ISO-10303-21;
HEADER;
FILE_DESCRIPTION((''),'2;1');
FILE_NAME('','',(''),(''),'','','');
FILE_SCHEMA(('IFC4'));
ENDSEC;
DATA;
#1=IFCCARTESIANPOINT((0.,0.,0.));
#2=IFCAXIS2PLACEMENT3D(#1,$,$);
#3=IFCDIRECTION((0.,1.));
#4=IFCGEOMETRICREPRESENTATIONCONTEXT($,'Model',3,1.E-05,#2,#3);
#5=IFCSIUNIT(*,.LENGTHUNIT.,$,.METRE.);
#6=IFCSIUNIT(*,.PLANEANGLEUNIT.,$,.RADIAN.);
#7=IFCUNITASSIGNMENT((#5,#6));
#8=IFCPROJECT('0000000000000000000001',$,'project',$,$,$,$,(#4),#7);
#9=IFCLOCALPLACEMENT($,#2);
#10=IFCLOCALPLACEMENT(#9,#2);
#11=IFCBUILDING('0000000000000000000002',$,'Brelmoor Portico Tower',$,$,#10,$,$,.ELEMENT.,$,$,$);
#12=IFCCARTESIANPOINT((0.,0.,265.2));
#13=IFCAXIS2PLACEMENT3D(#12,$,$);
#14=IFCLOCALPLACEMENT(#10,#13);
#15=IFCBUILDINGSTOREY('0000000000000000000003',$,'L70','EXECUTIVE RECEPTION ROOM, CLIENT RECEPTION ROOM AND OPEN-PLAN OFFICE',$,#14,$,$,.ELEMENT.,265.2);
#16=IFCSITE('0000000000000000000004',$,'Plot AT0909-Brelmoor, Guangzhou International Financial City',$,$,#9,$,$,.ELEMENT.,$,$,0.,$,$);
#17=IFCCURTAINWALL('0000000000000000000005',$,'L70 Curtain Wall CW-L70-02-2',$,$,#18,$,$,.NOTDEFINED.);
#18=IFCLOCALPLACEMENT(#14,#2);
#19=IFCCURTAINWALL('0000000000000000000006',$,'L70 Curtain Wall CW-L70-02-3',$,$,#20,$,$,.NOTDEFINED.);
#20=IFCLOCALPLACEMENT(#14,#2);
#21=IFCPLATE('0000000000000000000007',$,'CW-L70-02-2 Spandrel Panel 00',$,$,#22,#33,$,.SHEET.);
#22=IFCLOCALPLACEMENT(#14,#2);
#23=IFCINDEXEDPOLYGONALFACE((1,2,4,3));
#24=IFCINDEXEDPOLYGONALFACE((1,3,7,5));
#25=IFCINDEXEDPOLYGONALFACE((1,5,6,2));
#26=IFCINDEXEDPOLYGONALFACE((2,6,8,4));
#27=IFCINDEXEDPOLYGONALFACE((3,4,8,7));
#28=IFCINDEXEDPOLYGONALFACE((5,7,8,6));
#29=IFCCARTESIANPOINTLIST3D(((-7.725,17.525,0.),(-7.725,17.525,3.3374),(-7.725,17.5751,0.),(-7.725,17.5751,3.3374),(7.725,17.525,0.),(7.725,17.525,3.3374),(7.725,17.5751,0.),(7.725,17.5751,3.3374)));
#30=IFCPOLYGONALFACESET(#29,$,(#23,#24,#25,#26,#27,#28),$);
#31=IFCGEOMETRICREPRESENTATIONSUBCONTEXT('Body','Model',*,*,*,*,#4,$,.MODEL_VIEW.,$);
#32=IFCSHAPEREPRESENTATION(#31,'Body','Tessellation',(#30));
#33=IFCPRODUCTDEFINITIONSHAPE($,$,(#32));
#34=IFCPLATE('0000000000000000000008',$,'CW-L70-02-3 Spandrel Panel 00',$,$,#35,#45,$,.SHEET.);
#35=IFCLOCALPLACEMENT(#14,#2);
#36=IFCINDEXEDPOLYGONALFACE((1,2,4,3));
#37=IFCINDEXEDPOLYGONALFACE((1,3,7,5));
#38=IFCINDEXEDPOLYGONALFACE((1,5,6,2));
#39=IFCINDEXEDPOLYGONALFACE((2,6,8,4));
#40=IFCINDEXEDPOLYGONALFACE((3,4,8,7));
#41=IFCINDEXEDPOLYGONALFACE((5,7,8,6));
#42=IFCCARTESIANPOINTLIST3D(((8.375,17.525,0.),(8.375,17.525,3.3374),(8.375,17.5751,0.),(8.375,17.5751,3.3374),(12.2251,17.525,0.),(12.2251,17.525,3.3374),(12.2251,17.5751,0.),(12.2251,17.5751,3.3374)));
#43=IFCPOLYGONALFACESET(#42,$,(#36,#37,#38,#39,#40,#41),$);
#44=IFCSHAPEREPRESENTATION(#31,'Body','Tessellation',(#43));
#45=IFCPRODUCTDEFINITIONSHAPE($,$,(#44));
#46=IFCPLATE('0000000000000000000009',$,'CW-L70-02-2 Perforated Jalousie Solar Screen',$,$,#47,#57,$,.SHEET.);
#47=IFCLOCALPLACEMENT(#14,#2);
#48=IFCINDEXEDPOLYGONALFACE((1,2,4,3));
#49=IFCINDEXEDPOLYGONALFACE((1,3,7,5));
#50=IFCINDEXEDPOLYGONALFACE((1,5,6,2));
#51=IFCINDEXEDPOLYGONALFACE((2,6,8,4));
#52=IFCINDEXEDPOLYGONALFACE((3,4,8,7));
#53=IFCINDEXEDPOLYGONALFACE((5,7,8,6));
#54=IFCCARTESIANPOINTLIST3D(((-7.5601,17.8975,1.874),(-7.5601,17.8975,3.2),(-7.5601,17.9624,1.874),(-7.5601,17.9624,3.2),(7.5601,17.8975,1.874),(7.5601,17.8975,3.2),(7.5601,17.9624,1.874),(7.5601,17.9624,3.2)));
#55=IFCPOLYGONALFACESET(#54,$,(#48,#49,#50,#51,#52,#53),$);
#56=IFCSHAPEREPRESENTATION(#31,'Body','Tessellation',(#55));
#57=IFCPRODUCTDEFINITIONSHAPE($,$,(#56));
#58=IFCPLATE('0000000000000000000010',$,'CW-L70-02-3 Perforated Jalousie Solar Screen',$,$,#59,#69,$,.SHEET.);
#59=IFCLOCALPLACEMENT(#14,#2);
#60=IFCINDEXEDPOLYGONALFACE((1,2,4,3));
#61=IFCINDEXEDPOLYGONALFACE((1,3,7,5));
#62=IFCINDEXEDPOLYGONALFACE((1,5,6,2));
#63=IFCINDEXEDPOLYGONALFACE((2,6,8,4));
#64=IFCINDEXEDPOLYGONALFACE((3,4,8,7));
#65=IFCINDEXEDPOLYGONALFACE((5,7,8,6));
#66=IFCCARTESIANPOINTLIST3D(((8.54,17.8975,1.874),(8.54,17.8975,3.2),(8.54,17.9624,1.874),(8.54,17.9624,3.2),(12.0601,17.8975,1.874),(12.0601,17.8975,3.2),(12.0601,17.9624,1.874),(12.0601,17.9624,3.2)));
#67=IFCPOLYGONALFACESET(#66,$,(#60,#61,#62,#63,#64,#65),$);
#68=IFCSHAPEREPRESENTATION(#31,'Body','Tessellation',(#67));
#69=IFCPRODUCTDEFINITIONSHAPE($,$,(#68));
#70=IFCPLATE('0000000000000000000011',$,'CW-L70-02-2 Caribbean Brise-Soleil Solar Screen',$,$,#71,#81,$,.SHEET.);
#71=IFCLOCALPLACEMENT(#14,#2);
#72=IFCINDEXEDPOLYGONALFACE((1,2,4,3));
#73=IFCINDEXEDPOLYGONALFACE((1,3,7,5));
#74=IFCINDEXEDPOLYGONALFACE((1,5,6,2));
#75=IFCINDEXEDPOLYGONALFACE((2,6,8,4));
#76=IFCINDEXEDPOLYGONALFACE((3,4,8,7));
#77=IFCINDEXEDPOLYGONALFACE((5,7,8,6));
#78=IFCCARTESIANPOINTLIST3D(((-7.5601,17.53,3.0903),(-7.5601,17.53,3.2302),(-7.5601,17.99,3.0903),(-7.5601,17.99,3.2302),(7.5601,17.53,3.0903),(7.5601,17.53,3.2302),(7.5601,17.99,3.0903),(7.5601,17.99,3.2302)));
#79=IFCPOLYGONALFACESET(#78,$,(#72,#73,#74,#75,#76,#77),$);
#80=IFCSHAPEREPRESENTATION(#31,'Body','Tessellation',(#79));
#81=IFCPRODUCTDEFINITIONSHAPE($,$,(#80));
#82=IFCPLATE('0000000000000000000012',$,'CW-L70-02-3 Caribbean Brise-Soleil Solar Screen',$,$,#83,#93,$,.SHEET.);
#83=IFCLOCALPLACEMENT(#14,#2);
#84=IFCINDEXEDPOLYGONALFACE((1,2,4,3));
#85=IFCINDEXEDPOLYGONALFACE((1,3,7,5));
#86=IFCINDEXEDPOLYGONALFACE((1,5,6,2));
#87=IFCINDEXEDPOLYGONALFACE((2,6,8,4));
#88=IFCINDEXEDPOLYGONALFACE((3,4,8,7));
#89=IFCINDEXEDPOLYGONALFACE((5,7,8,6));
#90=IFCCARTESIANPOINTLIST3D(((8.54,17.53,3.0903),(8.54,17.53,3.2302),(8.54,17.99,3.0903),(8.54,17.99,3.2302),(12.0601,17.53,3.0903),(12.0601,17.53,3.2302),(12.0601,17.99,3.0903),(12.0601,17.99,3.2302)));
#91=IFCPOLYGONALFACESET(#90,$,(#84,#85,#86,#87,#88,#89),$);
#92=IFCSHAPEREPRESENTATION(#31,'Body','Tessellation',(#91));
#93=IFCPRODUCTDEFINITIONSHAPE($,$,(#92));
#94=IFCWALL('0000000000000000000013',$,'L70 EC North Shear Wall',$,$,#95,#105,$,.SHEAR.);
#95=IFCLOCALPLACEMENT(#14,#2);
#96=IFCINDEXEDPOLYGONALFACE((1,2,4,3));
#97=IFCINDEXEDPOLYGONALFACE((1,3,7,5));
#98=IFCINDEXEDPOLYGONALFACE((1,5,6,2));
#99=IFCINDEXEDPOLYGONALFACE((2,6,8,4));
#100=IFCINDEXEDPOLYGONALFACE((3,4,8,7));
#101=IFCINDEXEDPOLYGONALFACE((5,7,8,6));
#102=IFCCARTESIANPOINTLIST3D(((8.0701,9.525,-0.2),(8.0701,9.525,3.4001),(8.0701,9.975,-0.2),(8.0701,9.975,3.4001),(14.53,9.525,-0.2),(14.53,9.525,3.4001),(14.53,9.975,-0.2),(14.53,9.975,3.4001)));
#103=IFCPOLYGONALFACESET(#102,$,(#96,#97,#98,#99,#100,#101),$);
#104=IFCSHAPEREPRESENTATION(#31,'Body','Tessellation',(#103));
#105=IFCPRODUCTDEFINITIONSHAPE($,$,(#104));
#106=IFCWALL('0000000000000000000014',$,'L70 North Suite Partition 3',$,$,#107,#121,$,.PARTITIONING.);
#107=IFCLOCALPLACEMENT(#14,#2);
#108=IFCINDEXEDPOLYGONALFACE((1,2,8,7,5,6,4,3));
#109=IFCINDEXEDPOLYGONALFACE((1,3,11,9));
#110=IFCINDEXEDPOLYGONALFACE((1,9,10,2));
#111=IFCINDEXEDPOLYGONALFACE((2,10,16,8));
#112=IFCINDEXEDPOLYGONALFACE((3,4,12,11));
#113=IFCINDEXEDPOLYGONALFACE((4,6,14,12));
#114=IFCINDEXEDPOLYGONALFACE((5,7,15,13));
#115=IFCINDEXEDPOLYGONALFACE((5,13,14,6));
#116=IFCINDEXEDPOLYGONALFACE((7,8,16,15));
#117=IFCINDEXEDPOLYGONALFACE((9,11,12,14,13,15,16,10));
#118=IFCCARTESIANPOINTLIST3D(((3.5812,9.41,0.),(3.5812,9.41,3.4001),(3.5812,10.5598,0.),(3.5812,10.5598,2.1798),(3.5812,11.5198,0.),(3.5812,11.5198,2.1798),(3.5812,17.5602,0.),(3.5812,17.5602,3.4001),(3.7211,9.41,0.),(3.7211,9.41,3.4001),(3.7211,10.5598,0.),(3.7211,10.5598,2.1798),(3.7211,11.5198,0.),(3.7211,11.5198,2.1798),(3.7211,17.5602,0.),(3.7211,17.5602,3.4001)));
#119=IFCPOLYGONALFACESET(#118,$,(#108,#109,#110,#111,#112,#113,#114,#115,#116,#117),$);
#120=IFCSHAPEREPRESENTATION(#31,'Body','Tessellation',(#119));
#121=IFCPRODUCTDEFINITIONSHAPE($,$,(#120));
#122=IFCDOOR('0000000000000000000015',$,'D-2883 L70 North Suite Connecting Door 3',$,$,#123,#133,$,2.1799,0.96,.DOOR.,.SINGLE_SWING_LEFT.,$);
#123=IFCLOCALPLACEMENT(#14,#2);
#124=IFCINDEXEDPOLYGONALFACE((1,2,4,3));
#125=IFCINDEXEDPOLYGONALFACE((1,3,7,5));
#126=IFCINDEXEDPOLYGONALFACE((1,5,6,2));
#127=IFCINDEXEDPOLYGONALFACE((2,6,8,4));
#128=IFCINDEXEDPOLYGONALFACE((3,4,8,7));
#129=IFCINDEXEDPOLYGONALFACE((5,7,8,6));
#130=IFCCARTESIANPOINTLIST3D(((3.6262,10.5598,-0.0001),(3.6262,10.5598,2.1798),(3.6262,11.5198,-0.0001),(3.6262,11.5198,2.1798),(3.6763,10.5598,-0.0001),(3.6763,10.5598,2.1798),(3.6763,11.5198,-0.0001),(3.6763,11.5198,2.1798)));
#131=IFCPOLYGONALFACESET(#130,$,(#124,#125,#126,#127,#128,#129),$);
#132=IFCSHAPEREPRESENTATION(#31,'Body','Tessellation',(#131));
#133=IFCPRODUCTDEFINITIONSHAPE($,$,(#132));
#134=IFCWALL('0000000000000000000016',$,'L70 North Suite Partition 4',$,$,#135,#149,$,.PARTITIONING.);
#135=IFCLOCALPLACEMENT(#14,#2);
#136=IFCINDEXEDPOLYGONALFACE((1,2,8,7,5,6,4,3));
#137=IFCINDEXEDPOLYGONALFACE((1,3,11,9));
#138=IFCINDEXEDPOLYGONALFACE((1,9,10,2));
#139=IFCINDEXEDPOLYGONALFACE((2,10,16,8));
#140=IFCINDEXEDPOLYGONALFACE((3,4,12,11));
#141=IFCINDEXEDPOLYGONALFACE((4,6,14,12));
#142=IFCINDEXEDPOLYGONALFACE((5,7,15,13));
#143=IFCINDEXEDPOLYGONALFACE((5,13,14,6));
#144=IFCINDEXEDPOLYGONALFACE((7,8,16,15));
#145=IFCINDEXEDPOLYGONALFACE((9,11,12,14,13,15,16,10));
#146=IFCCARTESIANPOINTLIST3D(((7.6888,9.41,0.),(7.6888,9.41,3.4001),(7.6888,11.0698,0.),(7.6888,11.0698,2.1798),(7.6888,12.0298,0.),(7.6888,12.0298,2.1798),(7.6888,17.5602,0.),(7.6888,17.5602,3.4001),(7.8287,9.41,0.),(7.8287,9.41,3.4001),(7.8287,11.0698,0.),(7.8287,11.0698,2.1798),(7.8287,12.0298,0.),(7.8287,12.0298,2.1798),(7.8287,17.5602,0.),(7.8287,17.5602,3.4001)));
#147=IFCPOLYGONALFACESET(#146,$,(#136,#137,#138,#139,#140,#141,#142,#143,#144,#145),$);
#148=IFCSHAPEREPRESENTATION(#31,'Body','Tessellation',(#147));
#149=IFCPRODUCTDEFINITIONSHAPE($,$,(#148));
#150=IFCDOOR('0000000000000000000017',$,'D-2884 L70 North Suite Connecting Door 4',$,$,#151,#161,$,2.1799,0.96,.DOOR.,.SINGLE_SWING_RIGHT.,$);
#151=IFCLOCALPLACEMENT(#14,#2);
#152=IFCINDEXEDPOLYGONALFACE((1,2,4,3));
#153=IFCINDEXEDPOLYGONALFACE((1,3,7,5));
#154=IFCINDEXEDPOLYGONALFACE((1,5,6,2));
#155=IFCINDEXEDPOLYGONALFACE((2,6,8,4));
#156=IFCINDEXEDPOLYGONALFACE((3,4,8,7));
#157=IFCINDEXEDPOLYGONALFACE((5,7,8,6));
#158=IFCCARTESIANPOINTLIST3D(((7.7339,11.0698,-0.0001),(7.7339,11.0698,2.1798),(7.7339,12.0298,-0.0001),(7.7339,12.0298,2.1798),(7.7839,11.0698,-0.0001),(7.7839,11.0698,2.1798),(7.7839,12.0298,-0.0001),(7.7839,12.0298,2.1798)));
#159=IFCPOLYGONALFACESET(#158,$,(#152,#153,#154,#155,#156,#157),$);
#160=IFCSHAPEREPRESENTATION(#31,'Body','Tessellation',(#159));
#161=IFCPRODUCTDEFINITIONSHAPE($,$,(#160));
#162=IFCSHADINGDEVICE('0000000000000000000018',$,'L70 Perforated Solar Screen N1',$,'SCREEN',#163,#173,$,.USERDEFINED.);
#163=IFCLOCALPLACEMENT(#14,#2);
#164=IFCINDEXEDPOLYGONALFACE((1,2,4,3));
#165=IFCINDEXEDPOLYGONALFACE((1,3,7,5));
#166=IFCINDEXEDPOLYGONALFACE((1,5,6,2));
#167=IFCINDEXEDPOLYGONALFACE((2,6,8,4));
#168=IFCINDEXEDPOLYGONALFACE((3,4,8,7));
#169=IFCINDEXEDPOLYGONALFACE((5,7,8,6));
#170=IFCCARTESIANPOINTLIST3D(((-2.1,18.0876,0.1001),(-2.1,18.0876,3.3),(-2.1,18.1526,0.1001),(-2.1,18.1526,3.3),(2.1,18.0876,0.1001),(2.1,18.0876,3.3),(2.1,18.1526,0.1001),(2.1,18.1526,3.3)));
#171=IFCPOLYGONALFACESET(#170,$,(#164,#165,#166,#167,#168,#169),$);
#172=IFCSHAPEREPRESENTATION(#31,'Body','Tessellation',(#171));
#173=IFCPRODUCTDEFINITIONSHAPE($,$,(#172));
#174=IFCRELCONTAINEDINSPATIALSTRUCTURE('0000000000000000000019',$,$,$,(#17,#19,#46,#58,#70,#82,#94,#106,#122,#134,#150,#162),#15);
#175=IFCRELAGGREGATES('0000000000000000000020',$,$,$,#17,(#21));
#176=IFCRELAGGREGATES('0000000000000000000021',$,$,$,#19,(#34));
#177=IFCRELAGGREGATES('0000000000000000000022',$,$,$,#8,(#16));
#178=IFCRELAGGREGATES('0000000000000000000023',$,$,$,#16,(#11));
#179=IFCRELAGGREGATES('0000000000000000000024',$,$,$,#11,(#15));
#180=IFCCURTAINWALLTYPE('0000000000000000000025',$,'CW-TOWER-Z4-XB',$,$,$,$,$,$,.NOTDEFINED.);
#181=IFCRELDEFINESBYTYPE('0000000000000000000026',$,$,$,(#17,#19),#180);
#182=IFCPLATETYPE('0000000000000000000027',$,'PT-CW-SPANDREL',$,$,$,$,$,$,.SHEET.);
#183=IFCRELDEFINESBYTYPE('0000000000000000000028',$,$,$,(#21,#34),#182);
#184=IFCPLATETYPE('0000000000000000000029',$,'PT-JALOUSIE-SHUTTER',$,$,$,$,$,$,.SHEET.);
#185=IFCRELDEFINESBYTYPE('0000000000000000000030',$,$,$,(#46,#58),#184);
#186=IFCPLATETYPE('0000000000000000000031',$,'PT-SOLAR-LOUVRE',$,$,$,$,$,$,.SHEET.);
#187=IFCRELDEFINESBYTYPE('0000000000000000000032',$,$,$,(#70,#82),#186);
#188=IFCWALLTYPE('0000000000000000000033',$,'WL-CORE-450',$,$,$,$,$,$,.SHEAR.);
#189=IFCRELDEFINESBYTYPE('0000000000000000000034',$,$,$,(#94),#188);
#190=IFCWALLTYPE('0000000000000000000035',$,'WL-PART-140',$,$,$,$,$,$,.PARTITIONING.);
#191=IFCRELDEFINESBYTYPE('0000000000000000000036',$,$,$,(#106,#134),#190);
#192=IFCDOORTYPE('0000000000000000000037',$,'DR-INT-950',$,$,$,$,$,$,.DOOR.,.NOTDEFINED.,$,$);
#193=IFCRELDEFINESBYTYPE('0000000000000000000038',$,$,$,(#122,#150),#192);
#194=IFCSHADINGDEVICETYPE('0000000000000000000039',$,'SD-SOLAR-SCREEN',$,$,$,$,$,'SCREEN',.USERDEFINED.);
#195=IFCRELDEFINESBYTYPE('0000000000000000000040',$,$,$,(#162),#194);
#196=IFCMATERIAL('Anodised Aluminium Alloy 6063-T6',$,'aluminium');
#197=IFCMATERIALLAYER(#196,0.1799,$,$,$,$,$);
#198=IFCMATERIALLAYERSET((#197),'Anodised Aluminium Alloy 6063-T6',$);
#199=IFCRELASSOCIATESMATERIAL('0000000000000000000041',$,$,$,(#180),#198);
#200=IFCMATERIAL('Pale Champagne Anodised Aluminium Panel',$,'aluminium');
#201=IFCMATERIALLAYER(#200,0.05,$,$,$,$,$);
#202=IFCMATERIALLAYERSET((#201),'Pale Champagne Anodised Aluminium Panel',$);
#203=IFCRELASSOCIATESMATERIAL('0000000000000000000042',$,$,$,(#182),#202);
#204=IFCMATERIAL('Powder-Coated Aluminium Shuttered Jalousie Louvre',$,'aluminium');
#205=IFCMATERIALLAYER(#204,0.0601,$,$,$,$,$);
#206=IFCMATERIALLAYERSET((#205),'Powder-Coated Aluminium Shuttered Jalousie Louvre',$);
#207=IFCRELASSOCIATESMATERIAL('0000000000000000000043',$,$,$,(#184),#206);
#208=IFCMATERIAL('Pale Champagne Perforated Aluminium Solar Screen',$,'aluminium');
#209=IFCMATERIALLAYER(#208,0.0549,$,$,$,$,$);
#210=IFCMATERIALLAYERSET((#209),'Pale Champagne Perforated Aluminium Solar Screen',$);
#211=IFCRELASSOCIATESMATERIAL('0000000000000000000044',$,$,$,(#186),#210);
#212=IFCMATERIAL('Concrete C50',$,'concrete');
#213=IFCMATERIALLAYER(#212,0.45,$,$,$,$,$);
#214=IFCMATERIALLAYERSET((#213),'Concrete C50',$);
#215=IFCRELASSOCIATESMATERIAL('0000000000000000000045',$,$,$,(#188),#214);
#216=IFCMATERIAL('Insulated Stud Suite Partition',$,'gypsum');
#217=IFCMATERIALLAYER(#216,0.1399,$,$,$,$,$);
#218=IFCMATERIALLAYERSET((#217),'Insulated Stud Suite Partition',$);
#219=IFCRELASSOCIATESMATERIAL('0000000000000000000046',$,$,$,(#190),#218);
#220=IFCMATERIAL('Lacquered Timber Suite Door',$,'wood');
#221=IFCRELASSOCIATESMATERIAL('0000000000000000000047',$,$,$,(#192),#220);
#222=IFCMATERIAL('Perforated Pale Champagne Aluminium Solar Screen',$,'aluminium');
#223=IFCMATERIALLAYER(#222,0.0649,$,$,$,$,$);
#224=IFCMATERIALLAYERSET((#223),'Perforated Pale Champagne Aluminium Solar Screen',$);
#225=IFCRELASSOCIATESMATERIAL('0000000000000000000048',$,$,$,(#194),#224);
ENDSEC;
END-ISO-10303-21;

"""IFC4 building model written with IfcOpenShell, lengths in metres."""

from ifc_helpers import new_model, si_unit, direction, frame, frame_2d, origin, origin_2d, place, context, subcontext, project, spatial, rectangle, extrude, material, layer, layer_set, type_object, element, fill, aggregate, save


model = new_model("IFC4")

# Units and contexts
model_context = context("Model", 3, precision=1e-05, world=origin(), true_north=direction((0.0, 1.0)))
body_context = subcontext(model_context, "Body", "Model", "MODEL_VIEW")
ifc_project = project(units=[si_unit("LENGTHUNIT", "METRE"), si_unit("PLANEANGLEUNIT", "RADIAN")], contexts=[model_context])

# Site, building, storey
site_placement = place(None, origin())
site = spatial("IfcSite", under=ifc_project, at=site_placement, Name="Plot AT0909-Brelmoor, Guangzhou International Financial City", CompositionType="ELEMENT", RefElevation=0.0)
building_placement = place(site_placement, origin())
building = spatial("IfcBuilding", under=site, at=building_placement, Name="Brelmoor Portico Tower", CompositionType="ELEMENT")
storey_placement = place(building_placement, frame((0.0, 0.0, 265.2)))
storey = spatial("IfcBuildingStorey", under=building, at=storey_placement, Name="L70", Description="EXECUTIVE RECEPTION ROOM, CLIENT RECEPTION ROOM AND OPEN-PLAN OFFICE", CompositionType="ELEMENT", Elevation=265.2)

# Curtain wall
ifc_material_1 = material(Name="Anodised Aluminium Alloy 6063-T6", Category="aluminium")
ifc_layer_1 = layer(ifc_material_1, 0.1799)
ifc_layer_set_1 = layer_set([ifc_layer_1], Name="Anodised Aluminium Alloy 6063-T6")
curtain_wall_type = type_object("IfcCurtainWallType", Name="CW-TOWER-Z4-XB", PredefinedType="NOTDEFINED", material=ifc_layer_set_1)
curtain_wall_1_placement = place(storey_placement, origin())
curtain_wall_1 = element("IfcCurtainWall", 1, at=curtain_wall_1_placement, inside=storey, type_object=curtain_wall_type, Name="L70 Curtain Wall CW-L70-02-2", PredefinedType="NOTDEFINED")

# Curtain wall
curtain_wall_2_placement = place(storey_placement, origin())
curtain_wall_2 = element("IfcCurtainWall", 2, at=curtain_wall_2_placement, inside=storey, type_object=curtain_wall_type, Name="L70 Curtain Wall CW-L70-02-3", PredefinedType="NOTDEFINED")

# Plates
ifc_material_2 = material(Name="Pale Champagne Anodised Aluminium Panel", Category="aluminium")
ifc_layer_2 = layer(ifc_material_2, 0.05)
ifc_layer_set_2 = layer_set([ifc_layer_2], Name="Pale Champagne Anodised Aluminium Panel")
plate_type_1 = type_object("IfcPlateType", Name="PT-CW-SPANDREL", PredefinedType="SHEET", material=ifc_layer_set_2)
plate_1_placement = place(storey_placement, frame((0.0, 17.55, 0.0), z_axis=(0.0, 0.0, 1.0), x_axis=(1.0, 0.0, 0.0)))
plate_1 = element("IfcPlate", 3, at=plate_1_placement, type_object=plate_type_1, Name="CW-L70-02-2 Spandrel Panel 00", PredefinedType="SHEET", context=body_context, shape_type="SweptSolid", body=[
    extrude(rectangle(XDim=15.45, YDim=0.05, at=origin_2d()), origin(), (0.0, 0.0, 1.0), 3.3374),
])
aggregate(curtain_wall_1, [plate_1])
plate_2_placement = place(storey_placement, frame((10.3, 17.55, 0.0), z_axis=(0.0, 0.0, 1.0), x_axis=(1.0, 0.0, 0.0)))
plate_2 = element("IfcPlate", 4, at=plate_2_placement, type_object=plate_type_1, Name="CW-L70-02-3 Spandrel Panel 00", PredefinedType="SHEET", context=body_context, shape_type="SweptSolid", body=[
    extrude(rectangle(XDim=3.8501, YDim=0.05, at=origin_2d()), origin(), (0.0, 0.0, 1.0), 3.3374),
])
aggregate(curtain_wall_2, [plate_2])

# Plates
ifc_material_3 = material(Name="Powder-Coated Aluminium Shuttered Jalousie Louvre", Category="aluminium")
ifc_layer_3 = layer(ifc_material_3, 0.0601)
ifc_layer_set_3 = layer_set([ifc_layer_3], Name="Powder-Coated Aluminium Shuttered Jalousie Louvre")
plate_type_2 = type_object("IfcPlateType", Name="PT-JALOUSIE-SHUTTER", PredefinedType="SHEET", material=ifc_layer_set_3)
plate_3_placement = place(storey_placement, frame((0.0, 17.9299, 1.874), z_axis=(0.0, 0.0, 1.0), x_axis=(1.0, 0.0, 0.0)))
element("IfcPlate", 5, at=plate_3_placement, inside=storey, type_object=plate_type_2, Name="CW-L70-02-2 Perforated Jalousie Solar Screen", PredefinedType="SHEET", context=body_context, shape_type="SweptSolid", body=[
    extrude(rectangle(XDim=15.1201, YDim=0.0649, at=origin_2d()), origin(), (0.0, 0.0, 1.0), 1.3259),
])
plate_4_placement = place(storey_placement, frame((10.3, 17.9299, 1.874), z_axis=(0.0, 0.0, 1.0), x_axis=(1.0, 0.0, 0.0)))
element("IfcPlate", 6, at=plate_4_placement, inside=storey, type_object=plate_type_2, Name="CW-L70-02-3 Perforated Jalousie Solar Screen", PredefinedType="SHEET", context=body_context, shape_type="SweptSolid", body=[
    extrude(rectangle(XDim=3.52, YDim=0.0649, at=origin_2d()), origin(), (0.0, 0.0, 1.0), 1.3259),
])
ifc_material_4 = material(Name="Pale Champagne Perforated Aluminium Solar Screen", Category="aluminium")
ifc_layer_4 = layer(ifc_material_4, 0.0549)
ifc_layer_set_4 = layer_set([ifc_layer_4], Name="Pale Champagne Perforated Aluminium Solar Screen")
plate_type_3 = type_object("IfcPlateType", Name="PT-SOLAR-LOUVRE", PredefinedType="SHEET", material=ifc_layer_set_4)
plate_5_placement = place(storey_placement, frame((0.0, 17.76, 3.0903), z_axis=(0.0, 0.0, 1.0), x_axis=(1.0, 0.0, 0.0)))
element("IfcPlate", 7, at=plate_5_placement, inside=storey, type_object=plate_type_3, Name="CW-L70-02-2 Caribbean Brise-Soleil Solar Screen", PredefinedType="SHEET", context=body_context, shape_type="SweptSolid", body=[
    extrude(rectangle(XDim=15.1201, YDim=0.46, at=origin_2d()), origin(), (0.0, 0.0, 1.0), 0.1399),
])
plate_6_placement = place(storey_placement, frame((10.3, 17.76, 3.0903), z_axis=(0.0, 0.0, 1.0), x_axis=(1.0, 0.0, 0.0)))
element("IfcPlate", 8, at=plate_6_placement, inside=storey, type_object=plate_type_3, Name="CW-L70-02-3 Caribbean Brise-Soleil Solar Screen", PredefinedType="SHEET", context=body_context, shape_type="SweptSolid", body=[
    extrude(rectangle(XDim=3.52, YDim=0.46, at=origin_2d()), origin(), (0.0, 0.0, 1.0), 0.1399),
])

# Wall
ifc_material_5 = material(Name="Concrete C50", Category="concrete")
ifc_layer_5 = layer(ifc_material_5, 0.45)
ifc_layer_set_5 = layer_set([ifc_layer_5], Name="Concrete C50")
wall_type_1 = type_object("IfcWallType", Name="WL-CORE-450", PredefinedType="SHEAR", material=ifc_layer_set_5)
wall_1_placement = place(storey_placement, frame((8.0701, 9.75, -0.2), z_axis=(0.0, 0.0, 1.0), x_axis=(1.0, 0.0, 0.0)))
element("IfcWall", 9, at=wall_1_placement, inside=storey, type_object=wall_type_1, Name="L70 EC North Shear Wall", PredefinedType="SHEAR", context=body_context, shape_type="SweptSolid", body=[
    extrude(rectangle(XDim=6.46, YDim=0.45, at=frame_2d((3.23, 0.0))), origin(), (0.0, 0.0, 1.0), 3.6001),
])

# Walls, openings, doors
ifc_material_6 = material(Name="Insulated Stud Suite Partition", Category="gypsum")
ifc_layer_6 = layer(ifc_material_6, 0.1399)
ifc_layer_set_6 = layer_set([ifc_layer_6], Name="Insulated Stud Suite Partition")
wall_type_2 = type_object("IfcWallType", Name="WL-PART-140", PredefinedType="PARTITIONING", material=ifc_layer_set_6)
wall_2_placement = place(storey_placement, frame((3.6511, 9.4099, 0.0), z_axis=(0.0, 0.0, 1.0), x_axis=(0.0, 1.0, 0.0)))
wall_2 = element("IfcWall", 10, at=wall_2_placement, inside=storey, type_object=wall_type_2, Name="L70 North Suite Partition 3", PredefinedType="PARTITIONING", context=body_context, shape_type="SweptSolid", body=[
    extrude(rectangle(XDim=8.1501, YDim=0.1399, at=frame_2d((4.0752, 0.0))), origin(), (0.0, 0.0, 1.0), 3.4001),
])
opening_1_placement = place(wall_2_placement, frame((1.1499, 0.0, 0.0)))
opening_1 = element("IfcOpeningElement", 11, at=opening_1_placement, cuts=wall_2, PredefinedType="OPENING", context=body_context, shape_type="SweptSolid", body=[
    extrude(rectangle(XDim=0.96, YDim=2.1799, at=frame_2d((0.48, 1.0898))), frame((0.0, 0.0798, 0.0), z_axis=(0.0, -1.0, 0.0), x_axis=(1.0, 0.0, 0.0)), (0.0, 0.0, 1.0), 0.1599),
])
ifc_material_7 = material(Name="Lacquered Timber Suite Door", Category="wood")
door_type = type_object("IfcDoorType", Name="DR-INT-950", OperationType="NOTDEFINED", PredefinedType="DOOR", material=ifc_material_7)
door_1_placement = place(opening_1_placement, origin())
door_1 = element("IfcDoor", 12, at=door_1_placement, inside=storey, type_object=door_type, Name="D-2883 L70 North Suite Connecting Door 3", OperationType="SINGLE_SWING_LEFT", OverallHeight=2.1799, OverallWidth=0.96, PredefinedType="DOOR", context=body_context, shape_type="SweptSolid", body=[
    extrude(rectangle(XDim=0.96, YDim=2.1799, at=frame_2d((0.48, 1.0898))), frame((0.0, 0.0249, 0.0), z_axis=(0.0, -1.0, 0.0), x_axis=(1.0, 0.0, 0.0)), (0.0, 0.0, 1.0), 0.05),
])
fill(opening_1, door_1)
wall_3_placement = place(storey_placement, frame((7.7588, 9.4099, 0.0), z_axis=(0.0, 0.0, 1.0), x_axis=(0.0, 1.0, 0.0)))
wall_3 = element("IfcWall", 13, at=wall_3_placement, inside=storey, type_object=wall_type_2, Name="L70 North Suite Partition 4", PredefinedType="PARTITIONING", context=body_context, shape_type="SweptSolid", body=[
    extrude(rectangle(XDim=8.1501, YDim=0.1399, at=frame_2d((4.0752, 0.0))), origin(), (0.0, 0.0, 1.0), 3.4001),
])
opening_2_placement = place(wall_3_placement, frame((1.6599, 0.0, 0.0)))
opening_2 = element("IfcOpeningElement", 14, at=opening_2_placement, cuts=wall_3, PredefinedType="OPENING", context=body_context, shape_type="SweptSolid", body=[
    extrude(rectangle(XDim=0.96, YDim=2.1799, at=frame_2d((0.48, 1.0898))), frame((0.0, 0.0798, 0.0), z_axis=(0.0, -1.0, 0.0), x_axis=(1.0, 0.0, 0.0)), (0.0, 0.0, 1.0), 0.1599),
])
door_2_placement = place(opening_2_placement, origin())
door_2 = element("IfcDoor", 15, at=door_2_placement, inside=storey, type_object=door_type, Name="D-2884 L70 North Suite Connecting Door 4", OperationType="SINGLE_SWING_RIGHT", OverallHeight=2.1799, OverallWidth=0.96, PredefinedType="DOOR", context=body_context, shape_type="SweptSolid", body=[
    extrude(rectangle(XDim=0.96, YDim=2.1799, at=frame_2d((0.48, 1.0898))), frame((0.0, 0.0249, 0.0), z_axis=(0.0, -1.0, 0.0), x_axis=(1.0, 0.0, 0.0)), (0.0, 0.0, 1.0), 0.05),
])
fill(opening_2, door_2)

# Shading device
ifc_material_8 = material(Name="Perforated Pale Champagne Aluminium Solar Screen", Category="aluminium")
ifc_layer_7 = layer(ifc_material_8, 0.0649)
ifc_layer_set_7 = layer_set([ifc_layer_7], Name="Perforated Pale Champagne Aluminium Solar Screen")
shading_device_type = type_object("IfcShadingDeviceType", Name="SD-SOLAR-SCREEN", ElementType="SCREEN", PredefinedType="USERDEFINED", material=ifc_layer_set_7)
shading_device_placement = place(storey_placement, frame((0.0, 18.1201, 0.1001), z_axis=(0.0, 0.0, 1.0), x_axis=(1.0, 0.0, 0.0)))
element("IfcShadingDevice", 16, at=shading_device_placement, inside=storey, type_object=shading_device_type, Name="L70 Perforated Solar Screen N1", ObjectType="SCREEN", PredefinedType="USERDEFINED", context=body_context, shape_type="SweptSolid", body=[
    extrude(rectangle(XDim=4.2, YDim=0.0649, at=origin_2d()), origin(), (0.0, 0.0, 1.0), 3.2),
])

save(model, "model.ifc")
